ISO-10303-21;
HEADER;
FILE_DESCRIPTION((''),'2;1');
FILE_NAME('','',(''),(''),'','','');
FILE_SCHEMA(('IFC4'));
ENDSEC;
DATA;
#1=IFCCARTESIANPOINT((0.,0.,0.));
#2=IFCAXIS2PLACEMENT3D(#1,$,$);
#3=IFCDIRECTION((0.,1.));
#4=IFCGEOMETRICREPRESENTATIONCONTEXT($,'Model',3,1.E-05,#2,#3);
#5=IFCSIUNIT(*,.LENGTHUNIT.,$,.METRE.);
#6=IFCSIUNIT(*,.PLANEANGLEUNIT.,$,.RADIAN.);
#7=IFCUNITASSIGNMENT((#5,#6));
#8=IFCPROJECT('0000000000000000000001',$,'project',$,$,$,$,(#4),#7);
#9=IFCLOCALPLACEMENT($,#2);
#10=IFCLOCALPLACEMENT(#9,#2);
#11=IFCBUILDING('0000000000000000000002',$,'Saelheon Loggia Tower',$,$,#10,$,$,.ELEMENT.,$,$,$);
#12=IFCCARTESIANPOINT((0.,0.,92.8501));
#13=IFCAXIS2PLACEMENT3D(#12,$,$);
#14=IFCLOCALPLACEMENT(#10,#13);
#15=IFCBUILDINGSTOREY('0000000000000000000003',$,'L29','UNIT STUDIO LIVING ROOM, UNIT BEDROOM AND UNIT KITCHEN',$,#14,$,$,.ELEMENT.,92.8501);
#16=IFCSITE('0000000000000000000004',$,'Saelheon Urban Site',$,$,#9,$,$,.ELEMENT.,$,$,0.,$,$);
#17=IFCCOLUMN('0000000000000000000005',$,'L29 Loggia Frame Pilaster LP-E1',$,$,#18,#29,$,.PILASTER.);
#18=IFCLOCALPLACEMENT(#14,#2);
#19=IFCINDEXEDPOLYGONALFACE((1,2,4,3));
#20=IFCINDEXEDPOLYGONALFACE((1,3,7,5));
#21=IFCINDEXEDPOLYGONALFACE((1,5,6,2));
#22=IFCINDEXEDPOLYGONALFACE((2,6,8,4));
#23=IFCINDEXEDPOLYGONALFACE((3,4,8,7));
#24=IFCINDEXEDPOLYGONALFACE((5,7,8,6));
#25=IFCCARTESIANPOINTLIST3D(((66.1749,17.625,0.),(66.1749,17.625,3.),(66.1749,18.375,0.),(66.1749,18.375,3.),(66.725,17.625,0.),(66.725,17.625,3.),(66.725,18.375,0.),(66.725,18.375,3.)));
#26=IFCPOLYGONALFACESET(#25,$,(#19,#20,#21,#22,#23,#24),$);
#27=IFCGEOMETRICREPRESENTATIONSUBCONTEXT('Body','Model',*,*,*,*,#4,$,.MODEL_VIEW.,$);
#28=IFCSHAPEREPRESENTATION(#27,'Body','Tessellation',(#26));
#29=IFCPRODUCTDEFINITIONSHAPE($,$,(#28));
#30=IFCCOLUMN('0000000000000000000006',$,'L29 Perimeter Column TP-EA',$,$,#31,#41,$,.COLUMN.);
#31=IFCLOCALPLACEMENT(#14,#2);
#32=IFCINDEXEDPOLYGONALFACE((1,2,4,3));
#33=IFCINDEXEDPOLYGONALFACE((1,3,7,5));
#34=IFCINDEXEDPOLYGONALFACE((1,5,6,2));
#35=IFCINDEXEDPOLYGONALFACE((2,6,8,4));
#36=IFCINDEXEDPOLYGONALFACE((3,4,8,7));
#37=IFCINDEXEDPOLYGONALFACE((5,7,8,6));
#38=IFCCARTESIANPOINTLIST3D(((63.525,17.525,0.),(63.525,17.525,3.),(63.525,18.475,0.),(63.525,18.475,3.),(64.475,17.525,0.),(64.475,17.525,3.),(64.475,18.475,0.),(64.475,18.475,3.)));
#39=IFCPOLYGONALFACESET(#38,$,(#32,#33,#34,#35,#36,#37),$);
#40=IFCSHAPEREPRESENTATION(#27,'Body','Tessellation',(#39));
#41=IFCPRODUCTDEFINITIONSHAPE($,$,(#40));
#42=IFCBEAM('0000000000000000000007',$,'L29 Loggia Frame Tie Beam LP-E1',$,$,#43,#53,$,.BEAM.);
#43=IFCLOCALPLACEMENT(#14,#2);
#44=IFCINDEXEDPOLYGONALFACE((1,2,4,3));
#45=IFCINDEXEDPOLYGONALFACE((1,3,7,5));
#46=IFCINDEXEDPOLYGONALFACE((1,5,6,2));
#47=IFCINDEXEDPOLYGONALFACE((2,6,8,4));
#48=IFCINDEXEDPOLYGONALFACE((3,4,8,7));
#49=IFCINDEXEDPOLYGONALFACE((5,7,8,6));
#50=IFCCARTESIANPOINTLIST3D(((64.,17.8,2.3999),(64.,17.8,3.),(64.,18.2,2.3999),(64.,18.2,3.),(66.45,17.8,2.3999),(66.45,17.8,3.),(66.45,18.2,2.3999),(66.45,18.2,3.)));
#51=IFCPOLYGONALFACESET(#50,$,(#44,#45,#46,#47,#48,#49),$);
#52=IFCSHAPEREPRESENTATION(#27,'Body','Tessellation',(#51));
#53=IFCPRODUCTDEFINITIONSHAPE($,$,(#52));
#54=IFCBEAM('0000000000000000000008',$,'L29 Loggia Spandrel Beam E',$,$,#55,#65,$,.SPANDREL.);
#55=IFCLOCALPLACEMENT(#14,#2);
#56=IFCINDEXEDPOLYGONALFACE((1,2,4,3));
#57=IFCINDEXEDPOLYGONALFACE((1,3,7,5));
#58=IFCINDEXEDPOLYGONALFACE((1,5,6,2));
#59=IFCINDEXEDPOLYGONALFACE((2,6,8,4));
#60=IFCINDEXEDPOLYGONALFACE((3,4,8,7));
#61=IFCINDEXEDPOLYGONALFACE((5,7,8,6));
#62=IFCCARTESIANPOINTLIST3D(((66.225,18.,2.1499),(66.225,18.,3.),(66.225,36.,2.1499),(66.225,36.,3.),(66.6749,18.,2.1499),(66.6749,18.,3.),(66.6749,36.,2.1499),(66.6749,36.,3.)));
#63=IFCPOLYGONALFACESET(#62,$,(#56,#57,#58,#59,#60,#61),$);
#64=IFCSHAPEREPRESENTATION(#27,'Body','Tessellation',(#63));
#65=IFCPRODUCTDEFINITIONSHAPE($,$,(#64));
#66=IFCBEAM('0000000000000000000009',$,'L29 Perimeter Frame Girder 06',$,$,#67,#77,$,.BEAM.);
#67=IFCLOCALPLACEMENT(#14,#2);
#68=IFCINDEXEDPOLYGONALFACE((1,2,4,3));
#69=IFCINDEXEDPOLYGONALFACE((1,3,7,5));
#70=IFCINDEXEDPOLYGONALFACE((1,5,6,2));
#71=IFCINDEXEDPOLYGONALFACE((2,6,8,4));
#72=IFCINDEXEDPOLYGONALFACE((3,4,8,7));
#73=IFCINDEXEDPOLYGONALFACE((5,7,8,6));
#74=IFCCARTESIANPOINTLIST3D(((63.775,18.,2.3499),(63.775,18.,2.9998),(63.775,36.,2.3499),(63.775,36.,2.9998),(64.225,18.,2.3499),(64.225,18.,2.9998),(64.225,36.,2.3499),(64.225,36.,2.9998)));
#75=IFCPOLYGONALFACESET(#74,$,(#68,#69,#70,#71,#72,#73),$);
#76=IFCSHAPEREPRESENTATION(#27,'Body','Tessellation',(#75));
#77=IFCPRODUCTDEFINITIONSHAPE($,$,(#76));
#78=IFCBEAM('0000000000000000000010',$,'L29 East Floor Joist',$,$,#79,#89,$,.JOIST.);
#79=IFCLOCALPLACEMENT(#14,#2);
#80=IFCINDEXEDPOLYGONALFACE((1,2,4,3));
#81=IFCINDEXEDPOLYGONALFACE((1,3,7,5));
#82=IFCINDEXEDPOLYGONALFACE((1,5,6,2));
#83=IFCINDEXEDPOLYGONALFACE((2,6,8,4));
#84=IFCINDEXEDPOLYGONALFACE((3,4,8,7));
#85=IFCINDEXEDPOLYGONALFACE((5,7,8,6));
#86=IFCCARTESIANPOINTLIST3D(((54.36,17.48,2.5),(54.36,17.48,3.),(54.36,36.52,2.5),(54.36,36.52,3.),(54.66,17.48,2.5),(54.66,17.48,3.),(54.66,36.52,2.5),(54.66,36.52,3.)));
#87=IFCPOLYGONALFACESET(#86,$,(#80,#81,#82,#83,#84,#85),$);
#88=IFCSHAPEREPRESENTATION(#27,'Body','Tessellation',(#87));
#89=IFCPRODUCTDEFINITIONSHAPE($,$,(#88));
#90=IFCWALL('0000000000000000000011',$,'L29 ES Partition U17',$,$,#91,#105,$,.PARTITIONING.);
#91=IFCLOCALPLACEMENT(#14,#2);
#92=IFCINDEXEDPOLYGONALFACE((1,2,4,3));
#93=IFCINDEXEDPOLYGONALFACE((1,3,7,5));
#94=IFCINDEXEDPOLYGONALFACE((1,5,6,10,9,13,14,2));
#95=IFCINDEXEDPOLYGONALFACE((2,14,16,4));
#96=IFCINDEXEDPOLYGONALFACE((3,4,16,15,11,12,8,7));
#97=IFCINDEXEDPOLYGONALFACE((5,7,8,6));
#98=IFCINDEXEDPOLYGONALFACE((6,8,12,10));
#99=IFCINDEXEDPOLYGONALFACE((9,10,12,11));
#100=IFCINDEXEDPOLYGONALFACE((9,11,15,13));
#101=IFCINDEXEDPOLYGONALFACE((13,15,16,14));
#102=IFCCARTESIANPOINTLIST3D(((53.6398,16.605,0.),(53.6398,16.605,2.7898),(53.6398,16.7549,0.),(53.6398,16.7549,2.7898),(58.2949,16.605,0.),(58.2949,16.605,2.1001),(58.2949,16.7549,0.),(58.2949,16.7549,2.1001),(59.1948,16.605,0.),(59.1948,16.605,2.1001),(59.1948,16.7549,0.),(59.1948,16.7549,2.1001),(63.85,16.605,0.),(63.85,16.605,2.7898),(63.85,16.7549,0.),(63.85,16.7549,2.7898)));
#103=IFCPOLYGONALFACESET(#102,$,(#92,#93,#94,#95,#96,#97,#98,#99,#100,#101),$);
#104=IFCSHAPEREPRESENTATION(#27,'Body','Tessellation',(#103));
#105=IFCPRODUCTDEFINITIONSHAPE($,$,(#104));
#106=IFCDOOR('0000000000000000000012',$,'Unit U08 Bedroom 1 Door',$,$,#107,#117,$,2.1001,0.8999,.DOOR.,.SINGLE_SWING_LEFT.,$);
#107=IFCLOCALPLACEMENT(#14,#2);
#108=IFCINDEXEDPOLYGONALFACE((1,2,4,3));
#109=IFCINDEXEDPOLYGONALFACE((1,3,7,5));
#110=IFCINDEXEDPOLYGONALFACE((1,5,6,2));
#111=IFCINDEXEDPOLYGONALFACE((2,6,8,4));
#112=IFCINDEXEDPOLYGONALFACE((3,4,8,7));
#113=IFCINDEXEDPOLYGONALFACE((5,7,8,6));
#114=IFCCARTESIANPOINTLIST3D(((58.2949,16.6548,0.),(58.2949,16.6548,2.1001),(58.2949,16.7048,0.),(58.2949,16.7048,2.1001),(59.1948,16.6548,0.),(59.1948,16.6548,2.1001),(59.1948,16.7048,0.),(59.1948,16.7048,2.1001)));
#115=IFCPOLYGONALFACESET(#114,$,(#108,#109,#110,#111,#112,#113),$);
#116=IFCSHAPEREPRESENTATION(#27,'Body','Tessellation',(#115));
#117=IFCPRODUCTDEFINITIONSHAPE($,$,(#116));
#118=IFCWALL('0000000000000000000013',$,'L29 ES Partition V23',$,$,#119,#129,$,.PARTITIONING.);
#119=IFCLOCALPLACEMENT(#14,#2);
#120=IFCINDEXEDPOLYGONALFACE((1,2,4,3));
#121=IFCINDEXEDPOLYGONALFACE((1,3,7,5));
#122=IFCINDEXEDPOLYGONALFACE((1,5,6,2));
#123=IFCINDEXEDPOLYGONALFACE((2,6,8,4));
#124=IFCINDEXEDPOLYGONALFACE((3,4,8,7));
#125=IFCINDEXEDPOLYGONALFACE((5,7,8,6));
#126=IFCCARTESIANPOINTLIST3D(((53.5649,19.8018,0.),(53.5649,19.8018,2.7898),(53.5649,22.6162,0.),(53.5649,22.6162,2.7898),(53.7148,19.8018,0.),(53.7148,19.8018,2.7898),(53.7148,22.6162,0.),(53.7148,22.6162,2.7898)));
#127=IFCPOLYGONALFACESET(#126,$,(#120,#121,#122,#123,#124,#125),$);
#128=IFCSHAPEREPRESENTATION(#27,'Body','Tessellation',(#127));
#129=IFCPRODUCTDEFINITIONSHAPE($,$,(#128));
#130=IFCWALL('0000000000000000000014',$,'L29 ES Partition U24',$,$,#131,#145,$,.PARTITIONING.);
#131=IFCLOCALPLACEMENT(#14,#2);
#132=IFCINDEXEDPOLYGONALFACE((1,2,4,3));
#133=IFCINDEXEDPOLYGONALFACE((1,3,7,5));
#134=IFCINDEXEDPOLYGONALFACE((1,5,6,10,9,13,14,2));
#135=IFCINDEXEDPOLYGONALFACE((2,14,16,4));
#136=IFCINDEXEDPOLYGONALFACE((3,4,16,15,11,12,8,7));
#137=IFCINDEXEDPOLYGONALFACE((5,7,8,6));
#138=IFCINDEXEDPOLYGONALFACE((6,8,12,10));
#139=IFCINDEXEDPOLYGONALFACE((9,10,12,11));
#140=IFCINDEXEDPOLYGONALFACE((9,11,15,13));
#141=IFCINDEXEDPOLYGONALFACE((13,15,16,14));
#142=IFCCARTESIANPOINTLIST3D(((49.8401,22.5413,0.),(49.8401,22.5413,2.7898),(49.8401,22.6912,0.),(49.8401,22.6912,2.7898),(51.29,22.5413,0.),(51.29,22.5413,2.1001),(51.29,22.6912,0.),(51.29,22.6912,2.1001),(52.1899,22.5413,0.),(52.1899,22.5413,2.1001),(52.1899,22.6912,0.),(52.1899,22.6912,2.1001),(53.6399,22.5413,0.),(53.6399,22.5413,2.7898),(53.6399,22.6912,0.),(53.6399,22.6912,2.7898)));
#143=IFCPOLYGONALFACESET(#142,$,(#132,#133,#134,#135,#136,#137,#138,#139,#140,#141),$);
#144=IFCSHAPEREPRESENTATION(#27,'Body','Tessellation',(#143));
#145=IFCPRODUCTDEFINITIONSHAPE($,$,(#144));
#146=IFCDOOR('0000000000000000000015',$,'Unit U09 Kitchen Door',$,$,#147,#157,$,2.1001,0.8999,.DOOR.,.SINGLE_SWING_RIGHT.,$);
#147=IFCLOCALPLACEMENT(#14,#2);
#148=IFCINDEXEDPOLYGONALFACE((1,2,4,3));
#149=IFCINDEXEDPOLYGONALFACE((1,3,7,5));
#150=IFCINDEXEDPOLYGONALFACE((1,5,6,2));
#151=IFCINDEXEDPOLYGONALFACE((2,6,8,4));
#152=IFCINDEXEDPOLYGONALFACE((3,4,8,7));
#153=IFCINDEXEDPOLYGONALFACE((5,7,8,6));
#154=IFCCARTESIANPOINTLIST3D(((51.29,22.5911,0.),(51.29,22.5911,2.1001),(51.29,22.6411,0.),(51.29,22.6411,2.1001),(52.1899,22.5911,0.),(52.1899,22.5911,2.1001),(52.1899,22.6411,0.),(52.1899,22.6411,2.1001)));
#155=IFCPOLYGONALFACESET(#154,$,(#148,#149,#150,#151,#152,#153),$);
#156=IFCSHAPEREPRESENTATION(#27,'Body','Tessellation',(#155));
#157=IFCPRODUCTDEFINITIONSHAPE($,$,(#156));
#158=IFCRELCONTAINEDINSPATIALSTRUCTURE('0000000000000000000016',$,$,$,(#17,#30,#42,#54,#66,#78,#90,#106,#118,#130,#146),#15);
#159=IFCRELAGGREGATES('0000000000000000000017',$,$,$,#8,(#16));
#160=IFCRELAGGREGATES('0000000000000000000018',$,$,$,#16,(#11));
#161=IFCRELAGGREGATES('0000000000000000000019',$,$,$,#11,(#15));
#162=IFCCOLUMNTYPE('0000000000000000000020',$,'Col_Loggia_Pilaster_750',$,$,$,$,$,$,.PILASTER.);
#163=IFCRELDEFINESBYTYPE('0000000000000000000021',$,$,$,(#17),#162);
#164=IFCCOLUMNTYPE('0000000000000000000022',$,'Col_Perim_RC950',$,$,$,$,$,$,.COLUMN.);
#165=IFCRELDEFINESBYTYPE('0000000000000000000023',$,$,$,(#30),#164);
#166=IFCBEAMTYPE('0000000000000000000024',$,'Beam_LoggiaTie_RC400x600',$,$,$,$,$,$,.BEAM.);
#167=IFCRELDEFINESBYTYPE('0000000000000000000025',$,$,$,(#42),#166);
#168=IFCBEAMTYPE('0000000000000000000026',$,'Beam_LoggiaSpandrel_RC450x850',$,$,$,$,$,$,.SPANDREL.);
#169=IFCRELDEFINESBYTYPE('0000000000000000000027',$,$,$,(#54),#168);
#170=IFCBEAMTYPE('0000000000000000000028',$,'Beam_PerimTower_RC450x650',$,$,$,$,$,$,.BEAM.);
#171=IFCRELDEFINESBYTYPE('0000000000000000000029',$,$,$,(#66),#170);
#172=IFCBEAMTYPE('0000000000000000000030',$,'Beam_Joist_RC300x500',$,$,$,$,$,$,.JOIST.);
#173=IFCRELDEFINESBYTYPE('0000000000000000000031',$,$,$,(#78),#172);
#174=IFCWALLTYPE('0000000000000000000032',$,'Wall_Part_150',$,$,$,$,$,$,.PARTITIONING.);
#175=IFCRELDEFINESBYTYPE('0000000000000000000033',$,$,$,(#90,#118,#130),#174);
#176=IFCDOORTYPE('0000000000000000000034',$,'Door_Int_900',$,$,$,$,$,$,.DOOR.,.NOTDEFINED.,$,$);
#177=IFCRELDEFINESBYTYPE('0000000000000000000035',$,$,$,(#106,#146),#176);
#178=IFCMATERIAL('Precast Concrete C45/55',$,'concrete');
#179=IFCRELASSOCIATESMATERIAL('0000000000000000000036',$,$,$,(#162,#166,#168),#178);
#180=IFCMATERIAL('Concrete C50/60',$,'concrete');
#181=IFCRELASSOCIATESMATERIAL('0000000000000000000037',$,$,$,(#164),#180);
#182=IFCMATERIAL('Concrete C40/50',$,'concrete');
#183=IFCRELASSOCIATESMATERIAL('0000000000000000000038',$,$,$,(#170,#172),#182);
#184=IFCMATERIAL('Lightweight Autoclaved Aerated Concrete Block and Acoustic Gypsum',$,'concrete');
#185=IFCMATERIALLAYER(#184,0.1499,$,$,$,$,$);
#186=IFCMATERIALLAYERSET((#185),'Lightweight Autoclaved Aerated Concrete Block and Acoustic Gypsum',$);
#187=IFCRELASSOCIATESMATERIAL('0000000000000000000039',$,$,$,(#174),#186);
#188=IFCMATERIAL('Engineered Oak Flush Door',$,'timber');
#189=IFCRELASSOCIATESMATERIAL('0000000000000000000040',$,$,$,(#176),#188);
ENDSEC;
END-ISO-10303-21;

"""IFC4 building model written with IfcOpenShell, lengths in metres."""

from ifc_helpers import new_model, si_unit, direction, frame, frame_2d, origin, origin_2d, place, context, subcontext, project, spatial, rectangle, extrude, source, transform, mapped, material, layer, layer_set, material_profile, profile_set, type_object, element, fill, save


model = new_model("IFC4")

# Units and contexts
model_context = context("Model", 3, precision=1e-05, world=origin(), true_north=direction((0.0, 1.0)))
body_context = subcontext(model_context, "Body", "Model", "MODEL_VIEW")
ifc_project = project(units=[si_unit("LENGTHUNIT", "METRE"), si_unit("PLANEANGLEUNIT", "RADIAN")], contexts=[model_context])

# Site, building, storey
site_placement = place(None, origin())
site = spatial("IfcSite", under=ifc_project, at=site_placement, Name="Saelheon Urban Site", CompositionType="ELEMENT", RefElevation=0.0)
building_placement = place(site_placement, origin())
building = spatial("IfcBuilding", under=site, at=building_placement, Name="Saelheon Loggia Tower", CompositionType="ELEMENT")
storey_placement = place(building_placement, frame((0.0, 0.0, 92.8501)))
storey = spatial("IfcBuildingStorey", under=building, at=storey_placement, Name="L29", Description="UNIT STUDIO LIVING ROOM, UNIT BEDROOM AND UNIT KITCHEN", CompositionType="ELEMENT", Elevation=92.8501)

# Columns
ifc_material_1 = material(Name="Precast Concrete C45/55", Category="concrete")
ifc_material_profile_1 = material_profile(ifc_material_1, rectangle(XDim=0.55, YDim=0.75, at=origin_2d()), Name="RC-550x750")
ifc_profile_set_1 = profile_set([ifc_material_profile_1], Name="Precast Concrete C45/55")
column_type_1 = type_object("IfcColumnType", Name="Col_Loggia_Pilaster_750", PredefinedType="PILASTER", material=ifc_profile_set_1)
shared_shape_1 = source(origin(), body_context, "Body", "SweptSolid", [
    extrude(rectangle(XDim=0.55, YDim=0.75, at=origin_2d()), origin(), (0.0, 0.0, 1.0), 3.0),
])
column_1_placement = place(storey_placement, frame((66.45, 18.0, 0.0), z_axis=(0.0, 0.0, 1.0), x_axis=(1.0, 0.0, 0.0)))
element("IfcColumn", 1, at=column_1_placement, inside=storey, type_object=column_type_1, Name="L29 Loggia Frame Pilaster LP-E1", PredefinedType="PILASTER", context=body_context, shape_type="MappedRepresentation", body=[
    mapped(shared_shape_1, transform((0.0, 0.0, 0.0), scale=1.0)),
])
ifc_material_2 = material(Name="Concrete C50/60", Category="concrete")
ifc_material_profile_2 = material_profile(ifc_material_2, rectangle(XDim=0.95, YDim=0.95, at=origin_2d()), Name="RC-950x950")
ifc_profile_set_2 = profile_set([ifc_material_profile_2], Name="Concrete C50/60")
column_type_2 = type_object("IfcColumnType", Name="Col_Perim_RC950", PredefinedType="COLUMN", material=ifc_profile_set_2)
shared_shape_2 = source(origin(), body_context, "Body", "SweptSolid", [
    extrude(rectangle(XDim=0.95, YDim=0.95, at=origin_2d()), origin(), (0.0, 0.0, 1.0), 3.0),
])
column_2_placement = place(storey_placement, frame((64.0, 18.0, 0.0), z_axis=(0.0, 0.0, 1.0), x_axis=(1.0, 0.0, 0.0)))
element("IfcColumn", 2, at=column_2_placement, inside=storey, type_object=column_type_2, Name="L29 Perimeter Column TP-EA", PredefinedType="COLUMN", context=body_context, shape_type="MappedRepresentation", body=[
    mapped(shared_shape_2, transform((0.0, 0.0, 0.0), scale=1.0)),
])

# Beams
ifc_material_profile_3 = material_profile(ifc_material_1, rectangle(XDim=0.3999, YDim=0.6001, at=origin_2d()), Name="RC-400x600")
ifc_profile_set_3 = profile_set([ifc_material_profile_3], Name="Precast Concrete C45/55")
beam_type_1 = type_object("IfcBeamType", Name="Beam_LoggiaTie_RC400x600", PredefinedType="BEAM", material=ifc_profile_set_3)
shared_shape_3 = source(origin(), body_context, "Body", "SweptSolid", [
    extrude(rectangle(XDim=0.3999, YDim=0.6001, at=origin_2d()), origin(), (0.0, 0.0, 1.0), 2.45),
])
beam_1_placement = place(storey_placement, frame((64.0, 18.0, 2.7), z_axis=(1.0, 0.0, 0.0), x_axis=(0.0, 1.0, 0.0)))
element("IfcBeam", 3, at=beam_1_placement, inside=storey, type_object=beam_type_1, Name="L29 Loggia Frame Tie Beam LP-E1", PredefinedType="BEAM", context=body_context, shape_type="MappedRepresentation", body=[
    mapped(shared_shape_3, transform((0.0, 0.0, 0.0), scale=1.0)),
])
ifc_material_profile_4 = material_profile(ifc_material_1, rectangle(XDim=0.45, YDim=0.8501, at=origin_2d()), Name="RC-450x850")
ifc_profile_set_4 = profile_set([ifc_material_profile_4], Name="Precast Concrete C45/55")
beam_type_2 = type_object("IfcBeamType", Name="Beam_LoggiaSpandrel_RC450x850", PredefinedType="SPANDREL", material=ifc_profile_set_4)
shared_shape_4 = source(origin(), body_context, "Body", "SweptSolid", [
    extrude(rectangle(XDim=0.45, YDim=0.8501, at=origin_2d()), origin(), (0.0, 0.0, 1.0), 18.0),
])
beam_2_placement = place(storey_placement, frame((66.45, 18.0, 2.575), z_axis=(0.0, 1.0, 0.0), x_axis=(-1.0, 0.0, 0.0)))
element("IfcBeam", 4, at=beam_2_placement, inside=storey, type_object=beam_type_2, Name="L29 Loggia Spandrel Beam E", PredefinedType="SPANDREL", context=body_context, shape_type="MappedRepresentation", body=[
    mapped(shared_shape_4, transform((0.0, 0.0, 0.0), scale=1.0)),
])
ifc_material_3 = material(Name="Concrete C40/50", Category="concrete")
ifc_material_profile_5 = material_profile(ifc_material_3, rectangle(XDim=0.45, YDim=0.6499, at=origin_2d()), Name="RC-450x650")
ifc_profile_set_5 = profile_set([ifc_material_profile_5], Name="Concrete C40/50")
beam_type_3 = type_object("IfcBeamType", Name="Beam_PerimTower_RC450x650", PredefinedType="BEAM", material=ifc_profile_set_5)
shared_shape_5 = source(origin(), body_context, "Body", "SweptSolid", [
    extrude(rectangle(XDim=0.45, YDim=0.6499, at=origin_2d()), origin(), (0.0, 0.0, 1.0), 18.0),
])
beam_3_placement = place(storey_placement, frame((64.0, 18.0, 2.6748), z_axis=(0.0, 1.0, 0.0), x_axis=(-1.0, 0.0, 0.0)))
element("IfcBeam", 5, at=beam_3_placement, inside=storey, type_object=beam_type_3, Name="L29 Perimeter Frame Girder 06", PredefinedType="BEAM", context=body_context, shape_type="MappedRepresentation", body=[
    mapped(shared_shape_5, transform((0.0, 0.0, 0.0), scale=1.0)),
])
ifc_material_profile_6 = material_profile(ifc_material_3, rectangle(XDim=0.3, YDim=0.5, at=origin_2d()), Name="RC-300x500")
ifc_profile_set_6 = profile_set([ifc_material_profile_6], Name="Concrete C40/50")
beam_type_4 = type_object("IfcBeamType", Name="Beam_Joist_RC300x500", PredefinedType="JOIST", material=ifc_profile_set_6)
shared_shape_6 = source(origin(), body_context, "Body", "SweptSolid", [
    extrude(rectangle(XDim=0.3, YDim=0.5, at=origin_2d()), origin(), (0.0, 0.0, 1.0), 19.04),
])
beam_4_placement = place(storey_placement, frame((54.51, 17.48, 2.75), z_axis=(0.0, 1.0, 0.0), x_axis=(-1.0, 0.0, 0.0)))
element("IfcBeam", 6, at=beam_4_placement, inside=storey, type_object=beam_type_4, Name="L29 East Floor Joist", PredefinedType="JOIST", context=body_context, shape_type="MappedRepresentation", body=[
    mapped(shared_shape_6, transform((0.0, 0.0, 0.0), scale=1.0)),
])

# Wall, opening, door
ifc_material_4 = material(Name="Lightweight Autoclaved Aerated Concrete Block and Acoustic Gypsum", Category="concrete")
ifc_layer_1 = layer(ifc_material_4, 0.1499)
ifc_layer_set_1 = layer_set([ifc_layer_1], Name="Lightweight Autoclaved Aerated Concrete Block and Acoustic Gypsum")
wall_type_1 = type_object("IfcWallType", Name="Wall_Part_150", PredefinedType="PARTITIONING", material=ifc_layer_set_1)
wall_1_placement = place(storey_placement, frame((53.6399, 16.6799, 0.0), z_axis=(0.0, 0.0, 1.0), x_axis=(1.0, 0.0, 0.0)))
wall_1 = element("IfcWall", 7, at=wall_1_placement, inside=storey, type_object=wall_type_1, Name="L29 ES Partition U17", PredefinedType="PARTITIONING", context=body_context, shape_type="SweptSolid", body=[
    extrude(rectangle(XDim=10.2102, YDim=0.1499, at=frame_2d((5.105, 0.0))), origin(), (0.0, 0.0, 1.0), 2.7898),
])
opening_1_placement = place(wall_1_placement, frame((4.655, 0.0, 0.0)))
opening_1 = element("IfcOpeningElement", 8, at=opening_1_placement, cuts=wall_1, PredefinedType="OPENING", context=body_context, shape_type="SweptSolid", body=[
    extrude(rectangle(XDim=0.8999, YDim=2.1001, at=frame_2d((0.45, 1.05))), frame((0.0, 0.0869, 0.0), z_axis=(0.0, -1.0, 0.0), x_axis=(1.0, 0.0, 0.0)), (0.0, 0.0, 1.0), 0.1738),
])
ifc_material_5 = material(Name="Engineered Oak Flush Door", Category="timber")
door_type_1 = type_object("IfcDoorType", Name="Door_Int_900", OperationType="NOTDEFINED", PredefinedType="DOOR", material=ifc_material_5)
shared_shape_7 = source(origin(), body_context, "Body", "SweptSolid", [
    extrude(rectangle(XDim=0.8999, YDim=2.1001, at=frame_2d((0.45, 1.05))), frame((0.0, 0.0249, 0.0), z_axis=(0.0, -1.0, 0.0), x_axis=(1.0, 0.0, 0.0)), (0.0, 0.0, 1.0), 0.05),
])
door_1_placement = place(opening_1_placement, origin())
door_1 = element("IfcDoor", 9, at=door_1_placement, inside=storey, type_object=door_type_1, Name="Unit U08 Bedroom 1 Door", OperationType="SINGLE_SWING_LEFT", OverallHeight=2.1001, OverallWidth=0.8999, PredefinedType="DOOR", context=body_context, shape_type="MappedRepresentation", body=[
    mapped(shared_shape_7, transform((0.0, 0.0, 0.0), scale=1.0)),
])
fill(opening_1, door_1)

# Wall
wall_2_placement = place(storey_placement, frame((53.6399, 19.8018, 0.0), z_axis=(0.0, 0.0, 1.0), x_axis=(0.0, 1.0, 0.0)))
element("IfcWall", 10, at=wall_2_placement, inside=storey, type_object=wall_type_1, Name="L29 ES Partition V23", PredefinedType="PARTITIONING", context=body_context, shape_type="SweptSolid", body=[
    extrude(rectangle(XDim=2.8145, YDim=0.1499, at=frame_2d((1.4072, 0.0))), origin(), (0.0, 0.0, 1.0), 2.7898),
])

# Wall, opening, door
wall_3_placement = place(storey_placement, frame((49.8401, 22.6162, 0.0), z_axis=(0.0, 0.0, 1.0), x_axis=(1.0, 0.0, 0.0)))
wall_3 = element("IfcWall", 11, at=wall_3_placement, inside=storey, type_object=wall_type_1, Name="L29 ES Partition U24", PredefinedType="PARTITIONING", context=body_context, shape_type="SweptSolid", body=[
    extrude(rectangle(XDim=3.7998, YDim=0.1499, at=frame_2d((1.8999, 0.0))), origin(), (0.0, 0.0, 1.0), 2.7898),
])
opening_2_placement = place(wall_3_placement, frame((1.45, 0.0, 0.0)))
opening_2 = element("IfcOpeningElement", 12, at=opening_2_placement, cuts=wall_3, PredefinedType="OPENING", context=body_context, shape_type="SweptSolid", body=[
    extrude(rectangle(XDim=0.8999, YDim=2.1001, at=frame_2d((0.45, 1.05))), frame((0.0, 0.0869, 0.0), z_axis=(0.0, -1.0, 0.0), x_axis=(1.0, 0.0, 0.0)), (0.0, 0.0, 1.0), 0.1738),
])
door_2_placement = place(opening_2_placement, origin())
door_2 = element("IfcDoor", 13, at=door_2_placement, inside=storey, type_object=door_type_1, Name="Unit U09 Kitchen Door", OperationType="SINGLE_SWING_RIGHT", OverallHeight=2.1001, OverallWidth=0.8999, PredefinedType="DOOR", context=body_context, shape_type="MappedRepresentation", body=[
    mapped(shared_shape_7, transform((0.0, 0.0, 0.0), scale=1.0)),
])
fill(opening_2, door_2)

save(model, "model.ifc")
